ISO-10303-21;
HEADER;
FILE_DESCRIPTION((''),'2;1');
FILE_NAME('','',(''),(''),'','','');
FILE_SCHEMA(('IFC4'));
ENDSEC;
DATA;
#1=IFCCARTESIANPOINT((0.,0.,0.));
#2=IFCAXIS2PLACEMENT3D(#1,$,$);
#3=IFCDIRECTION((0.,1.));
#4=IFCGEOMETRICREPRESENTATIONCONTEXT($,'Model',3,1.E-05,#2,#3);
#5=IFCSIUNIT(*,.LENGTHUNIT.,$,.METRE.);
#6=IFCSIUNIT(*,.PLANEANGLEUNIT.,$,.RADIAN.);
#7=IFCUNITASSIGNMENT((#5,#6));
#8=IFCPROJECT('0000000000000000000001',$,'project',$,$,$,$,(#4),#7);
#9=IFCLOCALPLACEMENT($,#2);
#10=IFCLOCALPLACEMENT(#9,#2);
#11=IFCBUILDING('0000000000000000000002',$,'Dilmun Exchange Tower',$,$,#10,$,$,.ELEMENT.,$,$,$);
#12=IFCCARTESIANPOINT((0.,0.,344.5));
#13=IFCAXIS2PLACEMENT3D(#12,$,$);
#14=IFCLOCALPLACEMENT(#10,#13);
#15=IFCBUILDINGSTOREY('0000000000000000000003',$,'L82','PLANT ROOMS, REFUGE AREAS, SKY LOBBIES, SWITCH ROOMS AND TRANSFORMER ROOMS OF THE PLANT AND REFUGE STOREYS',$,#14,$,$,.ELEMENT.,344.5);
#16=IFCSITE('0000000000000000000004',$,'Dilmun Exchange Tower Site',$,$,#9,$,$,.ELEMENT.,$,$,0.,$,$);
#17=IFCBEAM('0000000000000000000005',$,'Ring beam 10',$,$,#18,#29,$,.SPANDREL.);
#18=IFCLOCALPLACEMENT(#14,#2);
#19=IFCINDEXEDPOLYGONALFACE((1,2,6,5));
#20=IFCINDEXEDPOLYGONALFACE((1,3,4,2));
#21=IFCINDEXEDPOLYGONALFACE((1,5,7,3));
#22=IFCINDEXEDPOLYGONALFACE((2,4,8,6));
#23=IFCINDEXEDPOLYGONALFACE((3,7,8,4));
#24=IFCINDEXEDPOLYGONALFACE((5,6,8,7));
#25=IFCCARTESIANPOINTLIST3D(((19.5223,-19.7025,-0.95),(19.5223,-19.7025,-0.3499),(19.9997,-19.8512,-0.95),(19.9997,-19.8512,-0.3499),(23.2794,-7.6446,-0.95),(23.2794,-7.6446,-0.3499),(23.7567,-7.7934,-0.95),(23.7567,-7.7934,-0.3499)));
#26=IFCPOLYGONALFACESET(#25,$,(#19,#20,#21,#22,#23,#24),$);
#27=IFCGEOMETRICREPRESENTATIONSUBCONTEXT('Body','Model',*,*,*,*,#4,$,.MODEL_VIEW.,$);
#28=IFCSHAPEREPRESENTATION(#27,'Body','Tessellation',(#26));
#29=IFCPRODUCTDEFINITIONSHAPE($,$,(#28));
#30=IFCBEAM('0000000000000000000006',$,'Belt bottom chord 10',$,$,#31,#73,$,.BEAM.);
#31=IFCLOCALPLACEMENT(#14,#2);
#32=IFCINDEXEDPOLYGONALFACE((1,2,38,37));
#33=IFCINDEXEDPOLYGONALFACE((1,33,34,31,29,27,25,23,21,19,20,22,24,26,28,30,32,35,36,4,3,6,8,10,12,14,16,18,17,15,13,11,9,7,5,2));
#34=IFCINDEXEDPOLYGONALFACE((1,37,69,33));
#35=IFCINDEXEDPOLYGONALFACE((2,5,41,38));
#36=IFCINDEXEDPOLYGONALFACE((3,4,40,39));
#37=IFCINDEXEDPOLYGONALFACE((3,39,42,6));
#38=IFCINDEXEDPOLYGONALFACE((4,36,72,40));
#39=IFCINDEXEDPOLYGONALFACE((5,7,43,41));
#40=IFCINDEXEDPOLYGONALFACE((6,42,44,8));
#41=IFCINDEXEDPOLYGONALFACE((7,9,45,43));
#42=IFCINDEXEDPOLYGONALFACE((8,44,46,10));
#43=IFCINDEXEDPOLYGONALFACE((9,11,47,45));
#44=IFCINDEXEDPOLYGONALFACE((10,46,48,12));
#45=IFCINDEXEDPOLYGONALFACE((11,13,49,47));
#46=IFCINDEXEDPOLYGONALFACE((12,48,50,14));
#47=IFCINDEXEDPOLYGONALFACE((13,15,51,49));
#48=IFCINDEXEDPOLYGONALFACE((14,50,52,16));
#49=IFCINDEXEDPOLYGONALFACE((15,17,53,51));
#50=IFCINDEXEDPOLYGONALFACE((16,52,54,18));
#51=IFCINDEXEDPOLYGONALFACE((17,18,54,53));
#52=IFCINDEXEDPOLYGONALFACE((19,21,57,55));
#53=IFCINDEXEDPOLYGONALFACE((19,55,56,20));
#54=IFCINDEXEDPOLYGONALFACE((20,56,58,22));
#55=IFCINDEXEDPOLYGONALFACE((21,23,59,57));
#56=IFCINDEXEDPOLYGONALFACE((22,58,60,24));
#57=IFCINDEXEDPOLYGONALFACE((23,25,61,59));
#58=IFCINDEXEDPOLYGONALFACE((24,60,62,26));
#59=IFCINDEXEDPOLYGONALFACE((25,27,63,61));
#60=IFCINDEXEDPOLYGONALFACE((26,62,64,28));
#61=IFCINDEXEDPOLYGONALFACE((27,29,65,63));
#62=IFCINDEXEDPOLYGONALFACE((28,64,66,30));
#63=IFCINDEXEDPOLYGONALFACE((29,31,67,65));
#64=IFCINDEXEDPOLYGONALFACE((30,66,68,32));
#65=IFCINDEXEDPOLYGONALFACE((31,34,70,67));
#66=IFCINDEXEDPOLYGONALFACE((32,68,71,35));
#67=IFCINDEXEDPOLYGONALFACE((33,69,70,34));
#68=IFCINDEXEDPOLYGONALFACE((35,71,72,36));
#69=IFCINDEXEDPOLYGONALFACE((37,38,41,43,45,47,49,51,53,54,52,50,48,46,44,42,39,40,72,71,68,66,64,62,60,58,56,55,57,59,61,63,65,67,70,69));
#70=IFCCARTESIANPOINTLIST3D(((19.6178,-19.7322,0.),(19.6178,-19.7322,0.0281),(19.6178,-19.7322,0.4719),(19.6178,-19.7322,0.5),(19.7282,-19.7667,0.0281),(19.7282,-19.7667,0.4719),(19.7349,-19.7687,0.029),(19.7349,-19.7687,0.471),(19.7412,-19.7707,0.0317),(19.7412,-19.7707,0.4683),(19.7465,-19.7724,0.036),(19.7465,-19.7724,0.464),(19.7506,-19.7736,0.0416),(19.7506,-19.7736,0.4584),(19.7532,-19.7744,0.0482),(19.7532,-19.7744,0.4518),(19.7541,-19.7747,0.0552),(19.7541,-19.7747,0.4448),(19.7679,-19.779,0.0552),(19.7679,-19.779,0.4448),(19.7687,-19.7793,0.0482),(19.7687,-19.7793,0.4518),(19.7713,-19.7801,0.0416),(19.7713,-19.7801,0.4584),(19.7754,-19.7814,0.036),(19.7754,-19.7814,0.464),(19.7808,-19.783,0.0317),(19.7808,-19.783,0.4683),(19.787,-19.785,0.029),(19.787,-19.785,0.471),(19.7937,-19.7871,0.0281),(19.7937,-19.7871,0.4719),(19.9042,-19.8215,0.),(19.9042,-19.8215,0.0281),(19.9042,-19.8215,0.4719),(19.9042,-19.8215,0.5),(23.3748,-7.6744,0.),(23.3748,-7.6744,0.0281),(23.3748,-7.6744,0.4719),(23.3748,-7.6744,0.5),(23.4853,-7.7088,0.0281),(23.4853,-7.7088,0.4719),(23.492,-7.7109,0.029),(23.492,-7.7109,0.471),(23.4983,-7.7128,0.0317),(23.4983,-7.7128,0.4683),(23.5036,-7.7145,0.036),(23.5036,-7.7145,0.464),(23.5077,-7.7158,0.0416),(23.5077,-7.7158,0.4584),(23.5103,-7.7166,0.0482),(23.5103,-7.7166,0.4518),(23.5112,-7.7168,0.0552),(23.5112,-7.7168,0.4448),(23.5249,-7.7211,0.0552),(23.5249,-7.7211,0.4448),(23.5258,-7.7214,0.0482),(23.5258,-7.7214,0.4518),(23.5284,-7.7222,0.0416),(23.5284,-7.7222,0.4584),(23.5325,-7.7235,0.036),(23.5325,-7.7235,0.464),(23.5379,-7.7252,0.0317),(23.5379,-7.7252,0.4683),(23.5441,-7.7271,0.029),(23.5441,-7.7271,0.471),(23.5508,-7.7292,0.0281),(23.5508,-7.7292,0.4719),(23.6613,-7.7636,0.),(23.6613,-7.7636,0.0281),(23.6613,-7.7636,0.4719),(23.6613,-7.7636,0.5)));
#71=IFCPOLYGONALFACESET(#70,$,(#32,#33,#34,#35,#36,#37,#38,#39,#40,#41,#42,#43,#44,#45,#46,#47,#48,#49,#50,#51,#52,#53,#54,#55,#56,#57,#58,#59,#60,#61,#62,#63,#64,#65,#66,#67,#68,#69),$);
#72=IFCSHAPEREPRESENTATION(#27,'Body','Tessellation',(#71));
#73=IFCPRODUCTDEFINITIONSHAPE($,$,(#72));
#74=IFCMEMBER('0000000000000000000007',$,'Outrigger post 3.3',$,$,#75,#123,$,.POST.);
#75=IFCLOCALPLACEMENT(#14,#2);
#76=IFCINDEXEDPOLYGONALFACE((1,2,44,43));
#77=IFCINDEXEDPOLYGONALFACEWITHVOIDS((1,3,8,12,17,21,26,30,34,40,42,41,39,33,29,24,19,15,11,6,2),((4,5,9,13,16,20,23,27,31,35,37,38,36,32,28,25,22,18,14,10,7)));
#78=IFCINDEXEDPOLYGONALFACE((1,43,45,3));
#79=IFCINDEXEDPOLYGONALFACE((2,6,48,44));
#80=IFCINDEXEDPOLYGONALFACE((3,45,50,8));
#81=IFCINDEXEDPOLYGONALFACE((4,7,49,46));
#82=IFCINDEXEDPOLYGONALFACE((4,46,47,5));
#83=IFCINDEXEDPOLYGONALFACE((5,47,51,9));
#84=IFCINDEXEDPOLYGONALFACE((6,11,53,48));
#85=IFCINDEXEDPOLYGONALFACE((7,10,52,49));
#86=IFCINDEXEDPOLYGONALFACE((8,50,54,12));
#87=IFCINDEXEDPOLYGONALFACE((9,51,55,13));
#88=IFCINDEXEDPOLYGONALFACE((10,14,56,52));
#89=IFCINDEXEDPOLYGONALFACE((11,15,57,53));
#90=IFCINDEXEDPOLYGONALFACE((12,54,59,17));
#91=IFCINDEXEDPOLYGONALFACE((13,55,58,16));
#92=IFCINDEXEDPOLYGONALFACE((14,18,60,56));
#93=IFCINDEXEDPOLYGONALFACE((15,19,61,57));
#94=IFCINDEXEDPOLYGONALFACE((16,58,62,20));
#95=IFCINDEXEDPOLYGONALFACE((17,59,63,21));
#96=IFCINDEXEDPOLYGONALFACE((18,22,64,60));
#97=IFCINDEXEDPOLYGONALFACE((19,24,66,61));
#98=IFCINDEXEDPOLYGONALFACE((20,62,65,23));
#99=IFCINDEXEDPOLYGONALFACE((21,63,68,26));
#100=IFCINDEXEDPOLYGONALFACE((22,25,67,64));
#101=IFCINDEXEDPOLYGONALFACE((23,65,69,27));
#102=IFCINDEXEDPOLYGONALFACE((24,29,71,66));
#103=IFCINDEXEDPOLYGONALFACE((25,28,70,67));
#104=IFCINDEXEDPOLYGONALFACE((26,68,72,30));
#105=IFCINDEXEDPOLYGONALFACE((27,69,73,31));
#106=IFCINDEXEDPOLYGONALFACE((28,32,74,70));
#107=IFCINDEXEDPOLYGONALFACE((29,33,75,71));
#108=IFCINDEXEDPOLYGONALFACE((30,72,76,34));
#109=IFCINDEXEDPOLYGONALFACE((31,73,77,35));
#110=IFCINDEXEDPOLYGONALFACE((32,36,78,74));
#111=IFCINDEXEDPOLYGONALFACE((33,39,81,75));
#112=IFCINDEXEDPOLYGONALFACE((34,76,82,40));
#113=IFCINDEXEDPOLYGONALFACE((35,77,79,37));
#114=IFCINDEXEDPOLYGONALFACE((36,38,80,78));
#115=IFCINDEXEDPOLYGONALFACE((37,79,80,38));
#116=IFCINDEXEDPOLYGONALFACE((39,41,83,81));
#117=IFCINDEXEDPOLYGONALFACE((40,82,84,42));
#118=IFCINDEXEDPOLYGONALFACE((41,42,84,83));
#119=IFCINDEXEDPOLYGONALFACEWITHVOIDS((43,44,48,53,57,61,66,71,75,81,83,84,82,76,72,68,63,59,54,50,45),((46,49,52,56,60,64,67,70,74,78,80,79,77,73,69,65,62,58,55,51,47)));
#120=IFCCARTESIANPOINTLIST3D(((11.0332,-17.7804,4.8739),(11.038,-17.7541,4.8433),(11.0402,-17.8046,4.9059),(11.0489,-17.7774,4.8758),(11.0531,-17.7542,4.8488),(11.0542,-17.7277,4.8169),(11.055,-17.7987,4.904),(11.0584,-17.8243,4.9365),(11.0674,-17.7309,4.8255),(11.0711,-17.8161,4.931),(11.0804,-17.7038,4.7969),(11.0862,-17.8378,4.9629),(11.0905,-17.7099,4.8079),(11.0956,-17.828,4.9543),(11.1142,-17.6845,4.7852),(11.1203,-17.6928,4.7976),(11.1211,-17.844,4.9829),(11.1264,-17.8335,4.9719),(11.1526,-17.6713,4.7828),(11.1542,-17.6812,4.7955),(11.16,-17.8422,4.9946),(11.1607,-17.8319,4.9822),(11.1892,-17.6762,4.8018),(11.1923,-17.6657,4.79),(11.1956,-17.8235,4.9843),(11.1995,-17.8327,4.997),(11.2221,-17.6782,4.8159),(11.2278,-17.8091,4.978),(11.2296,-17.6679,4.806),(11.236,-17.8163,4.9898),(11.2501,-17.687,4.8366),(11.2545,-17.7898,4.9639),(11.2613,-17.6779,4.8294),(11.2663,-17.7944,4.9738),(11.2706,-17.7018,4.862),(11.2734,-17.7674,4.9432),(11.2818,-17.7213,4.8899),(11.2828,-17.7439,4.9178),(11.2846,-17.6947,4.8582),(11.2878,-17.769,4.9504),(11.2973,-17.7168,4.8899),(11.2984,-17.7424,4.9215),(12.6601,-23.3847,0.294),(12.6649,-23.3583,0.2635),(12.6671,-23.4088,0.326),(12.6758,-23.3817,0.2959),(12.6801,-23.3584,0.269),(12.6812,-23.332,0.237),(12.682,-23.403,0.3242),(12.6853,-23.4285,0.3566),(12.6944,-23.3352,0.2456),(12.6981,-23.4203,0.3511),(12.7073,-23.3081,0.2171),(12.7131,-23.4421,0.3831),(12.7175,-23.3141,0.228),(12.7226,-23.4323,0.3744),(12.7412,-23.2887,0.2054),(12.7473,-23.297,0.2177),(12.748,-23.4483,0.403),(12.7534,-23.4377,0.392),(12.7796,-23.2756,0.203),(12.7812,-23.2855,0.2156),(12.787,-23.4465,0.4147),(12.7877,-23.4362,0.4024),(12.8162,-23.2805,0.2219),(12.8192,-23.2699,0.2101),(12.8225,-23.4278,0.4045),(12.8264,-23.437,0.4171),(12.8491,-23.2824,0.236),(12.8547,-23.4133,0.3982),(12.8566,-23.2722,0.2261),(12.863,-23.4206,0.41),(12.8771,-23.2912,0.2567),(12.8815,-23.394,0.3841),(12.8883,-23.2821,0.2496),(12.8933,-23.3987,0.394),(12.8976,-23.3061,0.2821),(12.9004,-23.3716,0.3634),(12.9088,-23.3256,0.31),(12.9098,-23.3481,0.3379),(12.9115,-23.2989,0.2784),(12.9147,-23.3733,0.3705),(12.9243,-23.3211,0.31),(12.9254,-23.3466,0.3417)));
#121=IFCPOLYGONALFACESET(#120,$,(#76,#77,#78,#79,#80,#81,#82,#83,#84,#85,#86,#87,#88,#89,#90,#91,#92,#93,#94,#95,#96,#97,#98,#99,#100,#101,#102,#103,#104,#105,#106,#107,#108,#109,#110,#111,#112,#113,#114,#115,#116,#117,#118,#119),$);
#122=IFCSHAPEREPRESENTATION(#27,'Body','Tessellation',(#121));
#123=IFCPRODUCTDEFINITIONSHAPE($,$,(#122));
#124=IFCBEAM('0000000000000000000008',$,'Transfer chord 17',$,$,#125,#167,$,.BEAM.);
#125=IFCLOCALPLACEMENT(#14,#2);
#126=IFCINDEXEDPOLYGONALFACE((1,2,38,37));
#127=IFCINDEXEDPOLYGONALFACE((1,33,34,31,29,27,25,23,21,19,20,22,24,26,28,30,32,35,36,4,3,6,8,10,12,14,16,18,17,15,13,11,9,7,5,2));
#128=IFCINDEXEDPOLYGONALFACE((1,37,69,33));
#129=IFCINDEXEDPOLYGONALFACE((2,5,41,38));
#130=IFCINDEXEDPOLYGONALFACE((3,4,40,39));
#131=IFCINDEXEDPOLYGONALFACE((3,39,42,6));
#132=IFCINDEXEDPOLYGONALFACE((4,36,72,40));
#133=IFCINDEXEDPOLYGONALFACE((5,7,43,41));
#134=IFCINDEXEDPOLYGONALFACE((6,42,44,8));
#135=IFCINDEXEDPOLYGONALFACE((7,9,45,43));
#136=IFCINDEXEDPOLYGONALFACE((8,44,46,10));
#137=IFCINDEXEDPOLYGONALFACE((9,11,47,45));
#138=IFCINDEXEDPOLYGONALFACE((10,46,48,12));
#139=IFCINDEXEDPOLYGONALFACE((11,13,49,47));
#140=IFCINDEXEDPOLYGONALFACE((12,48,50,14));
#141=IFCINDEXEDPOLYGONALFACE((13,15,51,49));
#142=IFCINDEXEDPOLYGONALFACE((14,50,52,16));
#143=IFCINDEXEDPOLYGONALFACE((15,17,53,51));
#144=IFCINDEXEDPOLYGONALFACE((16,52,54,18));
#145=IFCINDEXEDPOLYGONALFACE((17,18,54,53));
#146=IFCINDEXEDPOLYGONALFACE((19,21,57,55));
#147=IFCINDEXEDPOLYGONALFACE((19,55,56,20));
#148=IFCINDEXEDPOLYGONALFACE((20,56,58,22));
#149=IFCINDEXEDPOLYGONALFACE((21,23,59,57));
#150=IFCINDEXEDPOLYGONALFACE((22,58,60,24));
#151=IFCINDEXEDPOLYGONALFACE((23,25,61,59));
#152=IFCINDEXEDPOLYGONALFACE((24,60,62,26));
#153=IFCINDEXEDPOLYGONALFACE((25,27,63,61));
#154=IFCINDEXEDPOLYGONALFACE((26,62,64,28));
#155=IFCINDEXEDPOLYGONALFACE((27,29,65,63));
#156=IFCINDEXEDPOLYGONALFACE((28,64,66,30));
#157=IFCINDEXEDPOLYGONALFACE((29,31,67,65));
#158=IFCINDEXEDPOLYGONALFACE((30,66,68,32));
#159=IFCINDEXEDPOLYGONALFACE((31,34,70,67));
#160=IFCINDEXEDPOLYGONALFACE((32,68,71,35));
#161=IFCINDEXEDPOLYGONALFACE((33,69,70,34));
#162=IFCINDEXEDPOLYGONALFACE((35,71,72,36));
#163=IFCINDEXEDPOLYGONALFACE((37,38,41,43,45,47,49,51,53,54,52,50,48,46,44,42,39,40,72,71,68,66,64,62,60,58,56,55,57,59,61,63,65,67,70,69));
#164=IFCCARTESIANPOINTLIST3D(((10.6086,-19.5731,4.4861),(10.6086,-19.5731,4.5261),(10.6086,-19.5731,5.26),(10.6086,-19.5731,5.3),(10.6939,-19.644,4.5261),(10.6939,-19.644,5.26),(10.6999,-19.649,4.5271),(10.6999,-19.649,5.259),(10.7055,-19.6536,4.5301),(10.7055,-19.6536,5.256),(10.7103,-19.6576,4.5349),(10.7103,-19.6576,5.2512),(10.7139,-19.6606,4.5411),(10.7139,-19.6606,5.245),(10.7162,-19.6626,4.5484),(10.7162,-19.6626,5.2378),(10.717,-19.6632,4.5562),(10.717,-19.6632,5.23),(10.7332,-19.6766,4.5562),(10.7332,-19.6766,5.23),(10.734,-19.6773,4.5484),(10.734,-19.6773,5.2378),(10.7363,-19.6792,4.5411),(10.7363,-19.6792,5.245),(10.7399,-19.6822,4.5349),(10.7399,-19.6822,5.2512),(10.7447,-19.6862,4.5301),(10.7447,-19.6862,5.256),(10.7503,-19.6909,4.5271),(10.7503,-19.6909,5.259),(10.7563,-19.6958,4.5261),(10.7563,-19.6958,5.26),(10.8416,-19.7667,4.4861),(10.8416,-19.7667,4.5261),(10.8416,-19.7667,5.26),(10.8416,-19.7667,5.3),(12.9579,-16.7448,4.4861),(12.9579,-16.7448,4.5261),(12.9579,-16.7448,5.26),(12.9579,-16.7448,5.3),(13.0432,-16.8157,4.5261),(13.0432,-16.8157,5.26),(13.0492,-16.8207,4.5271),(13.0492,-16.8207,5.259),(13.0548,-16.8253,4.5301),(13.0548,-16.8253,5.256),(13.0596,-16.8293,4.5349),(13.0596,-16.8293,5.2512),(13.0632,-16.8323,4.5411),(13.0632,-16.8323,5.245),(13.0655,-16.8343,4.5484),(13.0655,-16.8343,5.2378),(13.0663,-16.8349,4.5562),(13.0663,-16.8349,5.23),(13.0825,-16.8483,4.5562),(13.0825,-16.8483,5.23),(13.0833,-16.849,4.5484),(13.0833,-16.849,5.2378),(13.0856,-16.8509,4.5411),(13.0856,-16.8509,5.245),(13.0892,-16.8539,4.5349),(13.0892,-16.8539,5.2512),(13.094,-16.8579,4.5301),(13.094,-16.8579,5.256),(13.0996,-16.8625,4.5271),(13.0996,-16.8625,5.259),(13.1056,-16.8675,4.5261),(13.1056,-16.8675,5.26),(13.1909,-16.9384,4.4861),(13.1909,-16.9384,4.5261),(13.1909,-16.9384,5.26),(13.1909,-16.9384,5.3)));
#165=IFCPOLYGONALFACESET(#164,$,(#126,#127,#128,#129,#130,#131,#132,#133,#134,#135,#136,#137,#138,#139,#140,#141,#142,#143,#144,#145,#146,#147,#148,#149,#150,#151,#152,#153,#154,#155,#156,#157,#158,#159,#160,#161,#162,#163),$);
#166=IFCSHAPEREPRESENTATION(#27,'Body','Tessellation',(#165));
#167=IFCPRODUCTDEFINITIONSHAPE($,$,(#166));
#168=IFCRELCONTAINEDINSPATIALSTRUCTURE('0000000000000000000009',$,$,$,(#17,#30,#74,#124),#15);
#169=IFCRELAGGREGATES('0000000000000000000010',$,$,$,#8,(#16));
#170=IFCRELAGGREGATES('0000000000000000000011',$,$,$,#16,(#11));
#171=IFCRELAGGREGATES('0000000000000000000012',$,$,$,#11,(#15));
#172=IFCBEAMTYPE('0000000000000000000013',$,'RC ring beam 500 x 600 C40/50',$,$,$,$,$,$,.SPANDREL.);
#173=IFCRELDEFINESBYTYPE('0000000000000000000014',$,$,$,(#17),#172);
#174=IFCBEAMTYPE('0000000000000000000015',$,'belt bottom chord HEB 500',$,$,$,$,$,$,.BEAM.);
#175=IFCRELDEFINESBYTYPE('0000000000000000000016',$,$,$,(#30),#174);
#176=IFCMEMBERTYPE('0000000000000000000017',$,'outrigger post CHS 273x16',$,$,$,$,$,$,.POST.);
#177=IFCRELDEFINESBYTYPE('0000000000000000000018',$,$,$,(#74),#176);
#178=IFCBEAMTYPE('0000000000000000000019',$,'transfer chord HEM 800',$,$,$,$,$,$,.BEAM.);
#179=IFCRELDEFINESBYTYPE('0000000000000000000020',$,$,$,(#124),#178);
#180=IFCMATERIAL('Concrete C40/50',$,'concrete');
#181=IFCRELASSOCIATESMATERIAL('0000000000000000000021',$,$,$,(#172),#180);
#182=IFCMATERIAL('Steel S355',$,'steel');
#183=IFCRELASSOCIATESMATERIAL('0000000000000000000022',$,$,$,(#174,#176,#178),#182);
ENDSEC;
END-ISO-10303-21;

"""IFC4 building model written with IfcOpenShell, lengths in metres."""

from ifc_helpers import new_model, si_unit, direction, frame, origin, origin_2d, place, context, subcontext, project, spatial, rectangle, hollow_circle, i_section, extrude, material, material_profile, profile_set, type_object, element, save


model = new_model("IFC4")

# Units and contexts
model_context = context("Model", 3, precision=1e-05, world=origin(), true_north=direction((0.0, 1.0)))
body_context = subcontext(model_context, "Body", "Model", "MODEL_VIEW")
ifc_project = project(units=[si_unit("LENGTHUNIT", "METRE"), si_unit("PLANEANGLEUNIT", "RADIAN")], contexts=[model_context])

# Site, building, storey
site_placement = place(None, origin())
site = spatial("IfcSite", under=ifc_project, at=site_placement, Name="Dilmun Exchange Tower Site", CompositionType="ELEMENT", RefElevation=0.0)
building_placement = place(site_placement, origin())
building = spatial("IfcBuilding", under=site, at=building_placement, Name="Dilmun Exchange Tower", CompositionType="ELEMENT")
storey_placement = place(building_placement, frame((0.0, 0.0, 344.5)))
storey = spatial("IfcBuildingStorey", under=building, at=storey_placement, Name="L82", Description="PLANT ROOMS, REFUGE AREAS, SKY LOBBIES, SWITCH ROOMS AND TRANSFORMER ROOMS OF THE PLANT AND REFUGE STOREYS", CompositionType="ELEMENT", Elevation=344.5)

# Beams
ifc_material_1 = material(Name="Concrete C40/50", Category="concrete")
ifc_material_profile_1 = material_profile(ifc_material_1, rectangle(XDim=0.5, YDim=0.6001, at=origin_2d()), Name="500 x 600")
ifc_profile_set_1 = profile_set([ifc_material_profile_1], Name="Concrete C40/50")
beam_type_1 = type_object("IfcBeamType", Name="RC ring beam 500 x 600 C40/50", PredefinedType="SPANDREL", material=ifc_profile_set_1)
beam_1_placement = place(storey_placement, frame((19.761, -19.7769, -0.6499), z_axis=(0.297481, 0.954728, 0.0), x_axis=(-0.954728, 0.297481, 0.0)))
element("IfcBeam", 1, at=beam_1_placement, inside=storey, type_object=beam_type_1, Name="Ring beam 10", PredefinedType="SPANDREL", context=body_context, shape_type="SweptSolid", body=[
    extrude(rectangle(XDim=0.5, YDim=0.6001, at=origin_2d()), origin(), (0.0, 0.0, 1.0), 12.6296),
])
ifc_material_2 = material(Name="Steel S355", Category="steel")
ifc_material_profile_2 = material_profile(ifc_material_2, i_section(OverallWidth=0.3, OverallDepth=0.5, WebThickness=0.0144, FlangeThickness=0.0281, FilletRadius=0.0271, at=origin_2d()), Name="HEB 500")
ifc_profile_set_2 = profile_set([ifc_material_profile_2], Name="Steel S355")
beam_type_2 = type_object("IfcBeamType", Name="belt bottom chord HEB 500", PredefinedType="BEAM", material=ifc_profile_set_2)
beam_2_placement = place(storey_placement, frame((19.761, -19.7769, 0.25), z_axis=(0.297481, 0.954728, 0.0), x_axis=(-0.954728, 0.297481, 0.0)))
element("IfcBeam", 2, at=beam_2_placement, inside=storey, type_object=beam_type_2, Name="Belt bottom chord 10", PredefinedType="BEAM", context=body_context, shape_type="SweptSolid", body=[
    extrude(i_section(OverallWidth=0.3, OverallDepth=0.5, WebThickness=0.0144, FlangeThickness=0.0281, FilletRadius=0.0271, at=origin_2d()), origin(), (0.0, 0.0, 1.0), 12.6296),
])

# Member
ifc_material_profile_3 = material_profile(ifc_material_2, hollow_circle(Radius=0.1365, WallThickness=0.0161, at=origin_2d()), Name="CHS 273x16")
ifc_profile_set_3 = profile_set([ifc_material_profile_3], Name="Steel S355")
member_type_1 = type_object("IfcMemberType", Name="outrigger post CHS 273x16", PredefinedType="POST", material=ifc_profile_set_3)
member_1_placement = place(storey_placement, frame((11.1663, -17.7549, 4.8899), z_axis=(0.21932, -0.755474, -0.617379), x_axis=(0.96035, 0.278797, 0.0)))
element("IfcMember", 3, at=member_1_placement, inside=storey, type_object=member_type_1, Name="Outrigger post 3.3", PredefinedType="POST", context=body_context, shape_type="SweptSolid", body=[
    extrude(hollow_circle(Radius=0.1365, WallThickness=0.0161, at=origin_2d()), origin(), (0.0, 0.0, 1.0), 7.4182),
])

# Beam
ifc_material_profile_4 = material_profile(ifc_material_2, i_section(OverallWidth=0.303, OverallDepth=0.814, WebThickness=0.021, FlangeThickness=0.04, FilletRadius=0.03, at=origin_2d()), Name="HEM 800")
ifc_profile_set_4 = profile_set([ifc_material_profile_4], Name="Steel S355")
beam_type_3 = type_object("IfcBeamType", Name="transfer chord HEM 800", PredefinedType="BEAM", material=ifc_profile_set_4)
beam_3_placement = place(storey_placement, frame((10.7251, -19.6699, 4.8931), z_axis=(0.638962, 0.769238, 0.0), x_axis=(-0.769238, 0.638962, 0.0)))
element("IfcBeam", 4, at=beam_3_placement, inside=storey, type_object=beam_type_3, Name="Transfer chord 17", PredefinedType="BEAM", context=body_context, shape_type="SweptSolid", body=[
    extrude(i_section(OverallWidth=0.303, OverallDepth=0.814, WebThickness=0.021, FlangeThickness=0.04, FilletRadius=0.03, at=origin_2d()), origin(), (0.0, 0.0, 1.0), 3.6768),
])

save(model, "model.ifc")
